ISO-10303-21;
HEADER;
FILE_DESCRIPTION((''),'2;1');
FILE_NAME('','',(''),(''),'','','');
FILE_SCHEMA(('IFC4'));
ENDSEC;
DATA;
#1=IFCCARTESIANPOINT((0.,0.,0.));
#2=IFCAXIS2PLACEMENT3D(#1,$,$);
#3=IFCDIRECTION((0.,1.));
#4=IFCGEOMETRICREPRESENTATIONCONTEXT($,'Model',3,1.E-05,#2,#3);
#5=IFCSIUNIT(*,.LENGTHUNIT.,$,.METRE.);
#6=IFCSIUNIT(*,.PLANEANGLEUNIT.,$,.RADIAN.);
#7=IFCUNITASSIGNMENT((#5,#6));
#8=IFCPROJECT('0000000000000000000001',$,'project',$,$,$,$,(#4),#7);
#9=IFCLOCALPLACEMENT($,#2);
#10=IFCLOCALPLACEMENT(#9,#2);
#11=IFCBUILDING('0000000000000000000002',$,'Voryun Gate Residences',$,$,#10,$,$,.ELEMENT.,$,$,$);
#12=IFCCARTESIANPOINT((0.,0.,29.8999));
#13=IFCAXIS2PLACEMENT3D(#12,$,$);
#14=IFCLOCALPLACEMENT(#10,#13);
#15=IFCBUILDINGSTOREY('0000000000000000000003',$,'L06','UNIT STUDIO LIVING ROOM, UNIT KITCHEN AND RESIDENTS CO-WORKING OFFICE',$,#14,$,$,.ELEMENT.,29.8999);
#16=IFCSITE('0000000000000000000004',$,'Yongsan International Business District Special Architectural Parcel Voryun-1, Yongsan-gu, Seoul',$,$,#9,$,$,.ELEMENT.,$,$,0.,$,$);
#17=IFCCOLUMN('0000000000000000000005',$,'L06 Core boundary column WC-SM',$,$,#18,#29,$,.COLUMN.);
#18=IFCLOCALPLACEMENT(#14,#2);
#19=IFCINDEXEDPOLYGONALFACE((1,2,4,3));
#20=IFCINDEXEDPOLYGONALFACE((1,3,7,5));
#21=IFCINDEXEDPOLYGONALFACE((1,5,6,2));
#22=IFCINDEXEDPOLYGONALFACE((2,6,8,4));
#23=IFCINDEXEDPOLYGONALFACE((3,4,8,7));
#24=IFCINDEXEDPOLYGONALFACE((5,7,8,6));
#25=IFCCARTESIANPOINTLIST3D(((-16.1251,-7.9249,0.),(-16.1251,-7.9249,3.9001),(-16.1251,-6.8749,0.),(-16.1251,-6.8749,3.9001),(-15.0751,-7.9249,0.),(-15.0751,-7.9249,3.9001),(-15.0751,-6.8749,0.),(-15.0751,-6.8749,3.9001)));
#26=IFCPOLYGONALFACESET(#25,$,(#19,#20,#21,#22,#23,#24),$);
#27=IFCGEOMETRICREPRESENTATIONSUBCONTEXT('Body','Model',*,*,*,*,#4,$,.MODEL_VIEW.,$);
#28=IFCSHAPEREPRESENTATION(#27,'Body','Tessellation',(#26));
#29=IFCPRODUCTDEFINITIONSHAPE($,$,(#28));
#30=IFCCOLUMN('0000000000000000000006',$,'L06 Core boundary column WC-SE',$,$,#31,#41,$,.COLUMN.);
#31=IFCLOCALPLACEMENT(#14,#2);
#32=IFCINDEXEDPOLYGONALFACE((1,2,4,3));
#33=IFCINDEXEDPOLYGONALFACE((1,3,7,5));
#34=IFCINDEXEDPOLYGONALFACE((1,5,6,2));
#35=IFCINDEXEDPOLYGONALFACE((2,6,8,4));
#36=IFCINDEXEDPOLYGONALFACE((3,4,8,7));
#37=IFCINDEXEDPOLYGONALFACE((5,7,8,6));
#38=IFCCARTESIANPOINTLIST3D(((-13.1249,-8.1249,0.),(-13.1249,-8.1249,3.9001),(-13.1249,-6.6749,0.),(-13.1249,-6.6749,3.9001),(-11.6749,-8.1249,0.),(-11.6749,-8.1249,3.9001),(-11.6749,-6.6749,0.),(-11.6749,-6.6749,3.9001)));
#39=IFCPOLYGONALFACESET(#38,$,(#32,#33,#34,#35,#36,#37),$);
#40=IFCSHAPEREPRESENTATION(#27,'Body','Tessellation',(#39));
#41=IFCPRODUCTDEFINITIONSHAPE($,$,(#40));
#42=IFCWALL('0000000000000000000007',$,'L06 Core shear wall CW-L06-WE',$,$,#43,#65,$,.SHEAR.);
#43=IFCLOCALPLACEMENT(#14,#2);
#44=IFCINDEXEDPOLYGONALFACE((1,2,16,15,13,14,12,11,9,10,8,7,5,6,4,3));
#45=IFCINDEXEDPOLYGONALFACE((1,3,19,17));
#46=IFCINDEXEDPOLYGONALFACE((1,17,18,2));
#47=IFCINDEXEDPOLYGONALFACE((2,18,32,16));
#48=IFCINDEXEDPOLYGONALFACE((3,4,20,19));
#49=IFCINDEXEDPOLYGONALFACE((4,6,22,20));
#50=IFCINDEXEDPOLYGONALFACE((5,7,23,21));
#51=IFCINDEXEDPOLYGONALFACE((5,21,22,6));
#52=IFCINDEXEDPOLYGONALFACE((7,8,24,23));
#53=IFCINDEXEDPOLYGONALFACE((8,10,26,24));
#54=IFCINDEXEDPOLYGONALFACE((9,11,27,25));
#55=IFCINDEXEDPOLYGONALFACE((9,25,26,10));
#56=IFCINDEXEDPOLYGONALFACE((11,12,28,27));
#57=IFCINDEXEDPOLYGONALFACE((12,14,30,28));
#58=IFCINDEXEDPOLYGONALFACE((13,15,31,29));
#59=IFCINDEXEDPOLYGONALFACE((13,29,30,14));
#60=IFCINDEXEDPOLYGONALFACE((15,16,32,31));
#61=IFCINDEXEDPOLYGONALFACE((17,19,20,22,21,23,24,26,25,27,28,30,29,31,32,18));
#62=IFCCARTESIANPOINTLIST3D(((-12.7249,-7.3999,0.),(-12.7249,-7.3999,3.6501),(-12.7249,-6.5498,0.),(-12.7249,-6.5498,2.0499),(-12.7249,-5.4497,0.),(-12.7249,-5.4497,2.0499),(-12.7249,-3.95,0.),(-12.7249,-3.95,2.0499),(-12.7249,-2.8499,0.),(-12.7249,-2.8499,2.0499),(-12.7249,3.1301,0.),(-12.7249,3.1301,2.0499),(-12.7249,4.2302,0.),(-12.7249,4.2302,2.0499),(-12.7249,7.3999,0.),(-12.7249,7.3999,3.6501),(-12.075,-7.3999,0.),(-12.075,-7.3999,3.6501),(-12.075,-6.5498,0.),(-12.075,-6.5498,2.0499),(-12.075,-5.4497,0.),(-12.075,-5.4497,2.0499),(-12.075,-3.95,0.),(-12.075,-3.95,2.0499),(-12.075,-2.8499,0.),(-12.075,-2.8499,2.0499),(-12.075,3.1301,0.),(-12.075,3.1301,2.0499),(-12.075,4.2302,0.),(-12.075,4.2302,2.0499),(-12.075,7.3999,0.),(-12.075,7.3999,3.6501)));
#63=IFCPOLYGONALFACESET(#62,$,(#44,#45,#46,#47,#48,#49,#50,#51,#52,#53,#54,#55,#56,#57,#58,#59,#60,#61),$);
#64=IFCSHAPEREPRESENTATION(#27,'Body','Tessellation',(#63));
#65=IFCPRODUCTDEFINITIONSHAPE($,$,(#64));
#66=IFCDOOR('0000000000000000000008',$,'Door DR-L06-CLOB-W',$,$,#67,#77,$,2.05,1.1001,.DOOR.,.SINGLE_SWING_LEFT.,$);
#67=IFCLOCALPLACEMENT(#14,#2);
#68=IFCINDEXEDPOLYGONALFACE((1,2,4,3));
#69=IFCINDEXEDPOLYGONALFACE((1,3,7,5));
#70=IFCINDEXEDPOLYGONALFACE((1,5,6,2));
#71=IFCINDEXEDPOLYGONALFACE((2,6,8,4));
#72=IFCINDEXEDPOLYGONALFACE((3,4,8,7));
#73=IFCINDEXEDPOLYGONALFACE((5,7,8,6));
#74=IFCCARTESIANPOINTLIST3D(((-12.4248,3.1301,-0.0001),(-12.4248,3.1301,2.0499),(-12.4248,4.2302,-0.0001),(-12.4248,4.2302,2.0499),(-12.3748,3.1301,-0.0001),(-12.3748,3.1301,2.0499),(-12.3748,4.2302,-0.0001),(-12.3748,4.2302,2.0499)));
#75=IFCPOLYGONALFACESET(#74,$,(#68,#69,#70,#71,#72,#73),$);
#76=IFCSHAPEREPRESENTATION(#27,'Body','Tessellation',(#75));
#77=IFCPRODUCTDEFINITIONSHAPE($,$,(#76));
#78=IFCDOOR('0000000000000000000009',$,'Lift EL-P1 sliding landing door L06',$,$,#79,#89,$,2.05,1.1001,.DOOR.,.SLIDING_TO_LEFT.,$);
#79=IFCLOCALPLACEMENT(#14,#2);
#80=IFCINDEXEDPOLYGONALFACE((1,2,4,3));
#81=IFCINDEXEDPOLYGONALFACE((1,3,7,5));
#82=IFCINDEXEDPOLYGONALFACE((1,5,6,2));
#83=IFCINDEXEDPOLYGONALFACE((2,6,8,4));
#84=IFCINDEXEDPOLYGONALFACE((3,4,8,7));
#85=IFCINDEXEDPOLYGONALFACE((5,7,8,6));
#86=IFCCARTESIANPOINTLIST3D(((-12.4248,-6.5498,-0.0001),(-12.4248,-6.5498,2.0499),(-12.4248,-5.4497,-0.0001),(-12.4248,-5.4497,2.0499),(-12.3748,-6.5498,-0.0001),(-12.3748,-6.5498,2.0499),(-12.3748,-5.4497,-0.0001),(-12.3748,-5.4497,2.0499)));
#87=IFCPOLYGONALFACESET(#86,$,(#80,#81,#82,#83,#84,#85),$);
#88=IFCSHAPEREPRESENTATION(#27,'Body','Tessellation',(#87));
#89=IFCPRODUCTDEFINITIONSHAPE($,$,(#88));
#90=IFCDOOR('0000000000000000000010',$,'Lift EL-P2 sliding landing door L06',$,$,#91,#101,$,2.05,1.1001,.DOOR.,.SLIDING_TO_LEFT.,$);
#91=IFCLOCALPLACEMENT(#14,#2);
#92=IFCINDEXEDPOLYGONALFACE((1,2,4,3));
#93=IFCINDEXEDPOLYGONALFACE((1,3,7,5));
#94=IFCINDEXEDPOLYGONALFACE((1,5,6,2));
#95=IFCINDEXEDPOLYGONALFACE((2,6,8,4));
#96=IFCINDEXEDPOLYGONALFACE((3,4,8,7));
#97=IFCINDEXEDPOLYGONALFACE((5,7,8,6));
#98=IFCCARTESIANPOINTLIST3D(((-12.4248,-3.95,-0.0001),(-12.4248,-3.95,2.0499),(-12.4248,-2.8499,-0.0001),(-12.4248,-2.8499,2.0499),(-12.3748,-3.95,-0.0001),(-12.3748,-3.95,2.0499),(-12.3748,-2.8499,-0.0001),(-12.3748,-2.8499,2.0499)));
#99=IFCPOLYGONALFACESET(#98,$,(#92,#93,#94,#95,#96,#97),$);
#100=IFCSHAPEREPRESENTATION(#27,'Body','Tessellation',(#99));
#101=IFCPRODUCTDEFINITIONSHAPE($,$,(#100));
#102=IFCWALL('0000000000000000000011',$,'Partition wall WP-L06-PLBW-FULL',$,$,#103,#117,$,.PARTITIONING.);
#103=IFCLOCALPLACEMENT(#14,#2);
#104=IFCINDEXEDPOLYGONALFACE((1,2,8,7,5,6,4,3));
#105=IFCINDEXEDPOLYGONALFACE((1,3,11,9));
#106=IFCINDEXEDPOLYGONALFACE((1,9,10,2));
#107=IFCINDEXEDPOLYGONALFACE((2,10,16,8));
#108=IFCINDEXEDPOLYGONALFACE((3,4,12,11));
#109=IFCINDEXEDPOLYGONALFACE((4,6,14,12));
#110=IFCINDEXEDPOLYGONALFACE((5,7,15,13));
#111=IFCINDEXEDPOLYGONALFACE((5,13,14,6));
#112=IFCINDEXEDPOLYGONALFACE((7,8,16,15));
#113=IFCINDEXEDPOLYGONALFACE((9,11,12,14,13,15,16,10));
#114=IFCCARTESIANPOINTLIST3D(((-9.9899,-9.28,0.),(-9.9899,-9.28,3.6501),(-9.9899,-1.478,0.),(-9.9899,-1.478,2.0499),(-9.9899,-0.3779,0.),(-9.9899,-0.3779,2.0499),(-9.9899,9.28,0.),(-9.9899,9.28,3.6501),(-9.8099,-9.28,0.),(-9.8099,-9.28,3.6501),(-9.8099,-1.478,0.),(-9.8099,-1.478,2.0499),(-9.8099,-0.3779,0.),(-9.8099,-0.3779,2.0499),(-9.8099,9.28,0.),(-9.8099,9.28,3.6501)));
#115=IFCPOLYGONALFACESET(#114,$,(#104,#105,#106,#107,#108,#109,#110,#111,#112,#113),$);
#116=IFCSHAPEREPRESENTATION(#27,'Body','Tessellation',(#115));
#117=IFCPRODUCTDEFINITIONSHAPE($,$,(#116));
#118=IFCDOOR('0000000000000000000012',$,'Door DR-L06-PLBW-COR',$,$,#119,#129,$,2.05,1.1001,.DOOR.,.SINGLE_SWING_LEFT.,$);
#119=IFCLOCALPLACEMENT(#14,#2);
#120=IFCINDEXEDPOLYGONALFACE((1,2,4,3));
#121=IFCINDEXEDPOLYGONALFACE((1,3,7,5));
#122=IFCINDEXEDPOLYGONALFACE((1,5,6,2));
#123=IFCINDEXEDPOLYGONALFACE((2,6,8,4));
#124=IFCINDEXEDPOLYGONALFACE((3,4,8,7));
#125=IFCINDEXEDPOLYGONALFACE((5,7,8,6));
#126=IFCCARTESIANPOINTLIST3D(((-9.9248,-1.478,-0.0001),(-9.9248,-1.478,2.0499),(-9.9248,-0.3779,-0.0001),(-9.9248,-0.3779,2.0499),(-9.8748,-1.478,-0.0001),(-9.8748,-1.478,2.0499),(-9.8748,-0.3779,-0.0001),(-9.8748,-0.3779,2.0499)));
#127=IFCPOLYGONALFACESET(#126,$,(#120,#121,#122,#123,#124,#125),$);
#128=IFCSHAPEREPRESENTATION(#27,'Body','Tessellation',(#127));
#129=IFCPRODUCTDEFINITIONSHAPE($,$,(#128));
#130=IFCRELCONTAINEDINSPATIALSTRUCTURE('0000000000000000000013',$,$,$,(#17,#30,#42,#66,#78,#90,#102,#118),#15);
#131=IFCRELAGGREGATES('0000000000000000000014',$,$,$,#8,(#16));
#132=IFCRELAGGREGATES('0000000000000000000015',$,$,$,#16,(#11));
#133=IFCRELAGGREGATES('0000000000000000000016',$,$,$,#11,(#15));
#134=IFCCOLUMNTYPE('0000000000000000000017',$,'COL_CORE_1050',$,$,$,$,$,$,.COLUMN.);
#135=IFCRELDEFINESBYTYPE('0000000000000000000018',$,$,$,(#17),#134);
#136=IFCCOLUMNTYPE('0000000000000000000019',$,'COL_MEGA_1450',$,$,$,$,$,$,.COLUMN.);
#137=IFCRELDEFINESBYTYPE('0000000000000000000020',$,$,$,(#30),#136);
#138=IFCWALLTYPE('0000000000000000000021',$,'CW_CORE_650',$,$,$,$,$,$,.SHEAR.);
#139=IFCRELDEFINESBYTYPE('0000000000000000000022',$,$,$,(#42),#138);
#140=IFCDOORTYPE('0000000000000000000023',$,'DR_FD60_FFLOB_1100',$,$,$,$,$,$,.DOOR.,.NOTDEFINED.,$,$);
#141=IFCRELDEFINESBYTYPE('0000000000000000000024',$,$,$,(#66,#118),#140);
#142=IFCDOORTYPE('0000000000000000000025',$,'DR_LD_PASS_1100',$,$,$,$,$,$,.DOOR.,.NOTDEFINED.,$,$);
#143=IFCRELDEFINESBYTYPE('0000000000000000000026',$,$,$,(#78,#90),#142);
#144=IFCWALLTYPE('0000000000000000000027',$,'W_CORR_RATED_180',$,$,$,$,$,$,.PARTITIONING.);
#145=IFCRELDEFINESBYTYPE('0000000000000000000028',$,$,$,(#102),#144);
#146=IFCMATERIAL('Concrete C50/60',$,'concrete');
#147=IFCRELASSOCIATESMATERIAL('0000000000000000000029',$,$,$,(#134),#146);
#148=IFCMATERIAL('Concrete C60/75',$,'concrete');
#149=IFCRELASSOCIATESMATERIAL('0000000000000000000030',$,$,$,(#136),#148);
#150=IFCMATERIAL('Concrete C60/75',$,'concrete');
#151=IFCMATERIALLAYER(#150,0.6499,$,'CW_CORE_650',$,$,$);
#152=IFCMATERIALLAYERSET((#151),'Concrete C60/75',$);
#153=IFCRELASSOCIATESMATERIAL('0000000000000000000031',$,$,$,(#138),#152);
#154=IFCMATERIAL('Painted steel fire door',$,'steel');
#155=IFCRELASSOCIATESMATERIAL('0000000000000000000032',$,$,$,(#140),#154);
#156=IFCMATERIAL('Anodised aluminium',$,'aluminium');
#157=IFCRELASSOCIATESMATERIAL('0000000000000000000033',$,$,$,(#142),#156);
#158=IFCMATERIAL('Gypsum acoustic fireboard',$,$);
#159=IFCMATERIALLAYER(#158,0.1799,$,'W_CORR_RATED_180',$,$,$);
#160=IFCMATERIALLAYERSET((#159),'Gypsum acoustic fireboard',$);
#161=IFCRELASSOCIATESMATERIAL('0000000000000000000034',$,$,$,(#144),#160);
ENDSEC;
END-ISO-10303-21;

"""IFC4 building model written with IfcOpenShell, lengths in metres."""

from ifc_helpers import new_model, si_unit, direction, frame, frame_2d, origin, origin_2d, place, context, subcontext, project, spatial, rectangle, extrude, material, layer, layer_set, material_profile, profile_set, type_object, element, fill, save


model = new_model("IFC4")

# Units and contexts
model_context = context("Model", 3, precision=1e-05, world=origin(), true_north=direction((0.0, 1.0)))
body_context = subcontext(model_context, "Body", "Model", "MODEL_VIEW")
ifc_project = project(units=[si_unit("LENGTHUNIT", "METRE"), si_unit("PLANEANGLEUNIT", "RADIAN")], contexts=[model_context])

# Site, building, storey
site_placement = place(None, origin())
site = spatial("IfcSite", under=ifc_project, at=site_placement, Name="Yongsan International Business District Special Architectural Parcel Voryun-1, Yongsan-gu, Seoul", CompositionType="ELEMENT", RefElevation=0.0)
building_placement = place(site_placement, origin())
building = spatial("IfcBuilding", under=site, at=building_placement, Name="Voryun Gate Residences", CompositionType="ELEMENT")
storey_placement = place(building_placement, frame((0.0, 0.0, 29.8999)))
storey = spatial("IfcBuildingStorey", under=building, at=storey_placement, Name="L06", Description="UNIT STUDIO LIVING ROOM, UNIT KITCHEN AND RESIDENTS CO-WORKING OFFICE", CompositionType="ELEMENT", Elevation=29.8999)

# Columns
ifc_material_1 = material(Name="Concrete C50/60", Category="concrete")
ifc_material_profile_1 = material_profile(ifc_material_1, rectangle(XDim=1.05, YDim=1.05, at=origin_2d()), Name="RC-1050x1050")
ifc_profile_set_1 = profile_set([ifc_material_profile_1], Name="Concrete C50/60")
column_type_1 = type_object("IfcColumnType", Name="COL_CORE_1050", PredefinedType="COLUMN", material=ifc_profile_set_1)
column_1_placement = place(storey_placement, frame((-15.6001, -7.3999, 0.0), z_axis=(0.0, 0.0, 1.0), x_axis=(1.0, 0.0, 0.0)))
element("IfcColumn", 1, at=column_1_placement, inside=storey, type_object=column_type_1, Name="L06 Core boundary column WC-SM", PredefinedType="COLUMN", context=body_context, shape_type="SweptSolid", body=[
    extrude(rectangle(XDim=1.05, YDim=1.05, at=origin_2d()), origin(), (0.0, 0.0, 1.0), 3.9001),
])
ifc_material_2 = material(Name="Concrete C60/75", Category="concrete")
ifc_material_profile_2 = material_profile(ifc_material_2, rectangle(XDim=1.45, YDim=1.45, at=origin_2d()), Name="RC-1450x1450")
ifc_profile_set_2 = profile_set([ifc_material_profile_2], Name="Concrete C60/75")
column_type_2 = type_object("IfcColumnType", Name="COL_MEGA_1450", PredefinedType="COLUMN", material=ifc_profile_set_2)
column_2_placement = place(storey_placement, frame((-12.3999, -7.3999, 0.0), z_axis=(0.0, 0.0, 1.0), x_axis=(1.0, 0.0, 0.0)))
element("IfcColumn", 2, at=column_2_placement, inside=storey, type_object=column_type_2, Name="L06 Core boundary column WC-SE", PredefinedType="COLUMN", context=body_context, shape_type="SweptSolid", body=[
    extrude(rectangle(XDim=1.45, YDim=1.45, at=origin_2d()), origin(), (0.0, 0.0, 1.0), 3.9001),
])

# Wall, openings, doors
ifc_material_3 = material(Name="Concrete C60/75", Category="concrete")
ifc_layer_1 = layer(ifc_material_3, 0.6499, Name="CW_CORE_650")
ifc_layer_set_1 = layer_set([ifc_layer_1], Name="Concrete C60/75")
wall_type_1 = type_object("IfcWallType", Name="CW_CORE_650", PredefinedType="SHEAR", material=ifc_layer_set_1)
wall_1_placement = place(storey_placement, frame((-12.3999, -7.3999, 0.0), z_axis=(0.0, 0.0, 1.0), x_axis=(0.0, 1.0, 0.0)))
wall_1 = element("IfcWall", 3, at=wall_1_placement, inside=storey, type_object=wall_type_1, Name="L06 Core shear wall CW-L06-WE", PredefinedType="SHEAR", context=body_context, shape_type="SweptSolid", body=[
    extrude(rectangle(XDim=14.7998, YDim=0.6499, at=frame_2d((7.3999, 0.0))), origin(), (0.0, 0.0, 1.0), 3.6501),
])
opening_1_placement = place(wall_1_placement, frame((0.8501, 0.0, 0.0)))
opening_1 = element("IfcOpeningElement", 4, at=opening_1_placement, cuts=wall_1, PredefinedType="OPENING", context=body_context, shape_type="SweptSolid", body=[
    extrude(rectangle(XDim=1.1001, YDim=2.05, at=frame_2d((0.55, 1.0249))), frame((0.0, 0.335, 0.0), z_axis=(0.0, -1.0, 0.0), x_axis=(1.0, 0.0, 0.0)), (0.0, 0.0, 1.0), 0.6699),
])
opening_2_placement = place(wall_1_placement, frame((3.45, 0.0, 0.0)))
opening_2 = element("IfcOpeningElement", 5, at=opening_2_placement, cuts=wall_1, PredefinedType="OPENING", context=body_context, shape_type="SweptSolid", body=[
    extrude(rectangle(XDim=1.1001, YDim=2.05, at=frame_2d((0.55, 1.0249))), frame((0.0, 0.335, 0.0), z_axis=(0.0, -1.0, 0.0), x_axis=(1.0, 0.0, 0.0)), (0.0, 0.0, 1.0), 0.6699),
])
opening_3_placement = place(wall_1_placement, frame((10.53, 0.0, 0.0)))
opening_3 = element("IfcOpeningElement", 6, at=opening_3_placement, cuts=wall_1, PredefinedType="OPENING", context=body_context, shape_type="SweptSolid", body=[
    extrude(rectangle(XDim=1.1001, YDim=2.05, at=frame_2d((0.55, 1.0249))), frame((0.0, 0.335, 0.0), z_axis=(0.0, -1.0, 0.0), x_axis=(1.0, 0.0, 0.0)), (0.0, 0.0, 1.0), 0.6699),
])
ifc_material_4 = material(Name="Painted steel fire door", Category="steel")
door_type_1 = type_object("IfcDoorType", Name="DR_FD60_FFLOB_1100", OperationType="NOTDEFINED", PredefinedType="DOOR", material=ifc_material_4)
door_1_placement = place(opening_3_placement, origin())
door_1 = element("IfcDoor", 7, at=door_1_placement, inside=storey, type_object=door_type_1, Name="Door DR-L06-CLOB-W", OperationType="SINGLE_SWING_LEFT", OverallHeight=2.05, OverallWidth=1.1001, PredefinedType="DOOR", context=body_context, shape_type="SweptSolid", body=[
    extrude(rectangle(XDim=1.1001, YDim=2.05, at=frame_2d((0.55, 1.0249))), frame((0.0, 0.0249, 0.0), z_axis=(0.0, -1.0, 0.0), x_axis=(1.0, 0.0, 0.0)), (0.0, 0.0, 1.0), 0.05),
])
fill(opening_3, door_1)
ifc_material_5 = material(Name="Anodised aluminium", Category="aluminium")
door_type_2 = type_object("IfcDoorType", Name="DR_LD_PASS_1100", OperationType="NOTDEFINED", PredefinedType="DOOR", material=ifc_material_5)
door_2_placement = place(opening_1_placement, origin())
door_2 = element("IfcDoor", 8, at=door_2_placement, inside=storey, type_object=door_type_2, Name="Lift EL-P1 sliding landing door L06", OperationType="SLIDING_TO_LEFT", OverallHeight=2.05, OverallWidth=1.1001, PredefinedType="DOOR", context=body_context, shape_type="SweptSolid", body=[
    extrude(rectangle(XDim=1.1001, YDim=2.05, at=frame_2d((0.55, 1.0249))), frame((0.0, 0.0249, 0.0), z_axis=(0.0, -1.0, 0.0), x_axis=(1.0, 0.0, 0.0)), (0.0, 0.0, 1.0), 0.05),
])
fill(opening_1, door_2)
door_3_placement = place(opening_2_placement, origin())
door_3 = element("IfcDoor", 9, at=door_3_placement, inside=storey, type_object=door_type_2, Name="Lift EL-P2 sliding landing door L06", OperationType="SLIDING_TO_LEFT", OverallHeight=2.05, OverallWidth=1.1001, PredefinedType="DOOR", context=body_context, shape_type="SweptSolid", body=[
    extrude(rectangle(XDim=1.1001, YDim=2.05, at=frame_2d((0.55, 1.0249))), frame((0.0, 0.0249, 0.0), z_axis=(0.0, -1.0, 0.0), x_axis=(1.0, 0.0, 0.0)), (0.0, 0.0, 1.0), 0.05),
])
fill(opening_2, door_3)

# Wall, opening, door
ifc_material_6 = material(Name="Gypsum acoustic fireboard")
ifc_layer_2 = layer(ifc_material_6, 0.1799, Name="W_CORR_RATED_180")
ifc_layer_set_2 = layer_set([ifc_layer_2], Name="Gypsum acoustic fireboard")
wall_type_2 = type_object("IfcWallType", Name="W_CORR_RATED_180", PredefinedType="PARTITIONING", material=ifc_layer_set_2)
wall_2_placement = place(storey_placement, frame((-9.8999, -9.28, 0.0), z_axis=(0.0, 0.0, 1.0), x_axis=(0.0, 1.0, 0.0)))
wall_2 = element("IfcWall", 10, at=wall_2_placement, inside=storey, type_object=wall_type_2, Name="Partition wall WP-L06-PLBW-FULL", PredefinedType="PARTITIONING", context=body_context, shape_type="SweptSolid", body=[
    extrude(rectangle(XDim=18.5601, YDim=0.1799, at=frame_2d((9.28, 0.0))), origin(), (0.0, 0.0, 1.0), 3.6501),
])
opening_4_placement = place(wall_2_placement, frame((7.802, 0.0, 0.0)))
opening_4 = element("IfcOpeningElement", 11, at=opening_4_placement, cuts=wall_2, PredefinedType="OPENING", context=body_context, shape_type="SweptSolid", body=[
    extrude(rectangle(XDim=1.1001, YDim=2.05, at=frame_2d((0.55, 1.0249))), frame((0.0, 0.0999, 0.0), z_axis=(0.0, -1.0, 0.0), x_axis=(1.0, 0.0, 0.0)), (0.0, 0.0, 1.0), 0.2),
])
door_4_placement = place(opening_4_placement, origin())
door_4 = element("IfcDoor", 12, at=door_4_placement, inside=storey, type_object=door_type_1, Name="Door DR-L06-PLBW-COR", OperationType="SINGLE_SWING_LEFT", OverallHeight=2.05, OverallWidth=1.1001, PredefinedType="DOOR", context=body_context, shape_type="SweptSolid", body=[
    extrude(rectangle(XDim=1.1001, YDim=2.05, at=frame_2d((0.55, 1.0249))), frame((0.0, 0.0249, 0.0), z_axis=(0.0, -1.0, 0.0), x_axis=(1.0, 0.0, 0.0)), (0.0, 0.0, 1.0), 0.05),
])
fill(opening_4, door_4)

save(model, "model.ifc")
